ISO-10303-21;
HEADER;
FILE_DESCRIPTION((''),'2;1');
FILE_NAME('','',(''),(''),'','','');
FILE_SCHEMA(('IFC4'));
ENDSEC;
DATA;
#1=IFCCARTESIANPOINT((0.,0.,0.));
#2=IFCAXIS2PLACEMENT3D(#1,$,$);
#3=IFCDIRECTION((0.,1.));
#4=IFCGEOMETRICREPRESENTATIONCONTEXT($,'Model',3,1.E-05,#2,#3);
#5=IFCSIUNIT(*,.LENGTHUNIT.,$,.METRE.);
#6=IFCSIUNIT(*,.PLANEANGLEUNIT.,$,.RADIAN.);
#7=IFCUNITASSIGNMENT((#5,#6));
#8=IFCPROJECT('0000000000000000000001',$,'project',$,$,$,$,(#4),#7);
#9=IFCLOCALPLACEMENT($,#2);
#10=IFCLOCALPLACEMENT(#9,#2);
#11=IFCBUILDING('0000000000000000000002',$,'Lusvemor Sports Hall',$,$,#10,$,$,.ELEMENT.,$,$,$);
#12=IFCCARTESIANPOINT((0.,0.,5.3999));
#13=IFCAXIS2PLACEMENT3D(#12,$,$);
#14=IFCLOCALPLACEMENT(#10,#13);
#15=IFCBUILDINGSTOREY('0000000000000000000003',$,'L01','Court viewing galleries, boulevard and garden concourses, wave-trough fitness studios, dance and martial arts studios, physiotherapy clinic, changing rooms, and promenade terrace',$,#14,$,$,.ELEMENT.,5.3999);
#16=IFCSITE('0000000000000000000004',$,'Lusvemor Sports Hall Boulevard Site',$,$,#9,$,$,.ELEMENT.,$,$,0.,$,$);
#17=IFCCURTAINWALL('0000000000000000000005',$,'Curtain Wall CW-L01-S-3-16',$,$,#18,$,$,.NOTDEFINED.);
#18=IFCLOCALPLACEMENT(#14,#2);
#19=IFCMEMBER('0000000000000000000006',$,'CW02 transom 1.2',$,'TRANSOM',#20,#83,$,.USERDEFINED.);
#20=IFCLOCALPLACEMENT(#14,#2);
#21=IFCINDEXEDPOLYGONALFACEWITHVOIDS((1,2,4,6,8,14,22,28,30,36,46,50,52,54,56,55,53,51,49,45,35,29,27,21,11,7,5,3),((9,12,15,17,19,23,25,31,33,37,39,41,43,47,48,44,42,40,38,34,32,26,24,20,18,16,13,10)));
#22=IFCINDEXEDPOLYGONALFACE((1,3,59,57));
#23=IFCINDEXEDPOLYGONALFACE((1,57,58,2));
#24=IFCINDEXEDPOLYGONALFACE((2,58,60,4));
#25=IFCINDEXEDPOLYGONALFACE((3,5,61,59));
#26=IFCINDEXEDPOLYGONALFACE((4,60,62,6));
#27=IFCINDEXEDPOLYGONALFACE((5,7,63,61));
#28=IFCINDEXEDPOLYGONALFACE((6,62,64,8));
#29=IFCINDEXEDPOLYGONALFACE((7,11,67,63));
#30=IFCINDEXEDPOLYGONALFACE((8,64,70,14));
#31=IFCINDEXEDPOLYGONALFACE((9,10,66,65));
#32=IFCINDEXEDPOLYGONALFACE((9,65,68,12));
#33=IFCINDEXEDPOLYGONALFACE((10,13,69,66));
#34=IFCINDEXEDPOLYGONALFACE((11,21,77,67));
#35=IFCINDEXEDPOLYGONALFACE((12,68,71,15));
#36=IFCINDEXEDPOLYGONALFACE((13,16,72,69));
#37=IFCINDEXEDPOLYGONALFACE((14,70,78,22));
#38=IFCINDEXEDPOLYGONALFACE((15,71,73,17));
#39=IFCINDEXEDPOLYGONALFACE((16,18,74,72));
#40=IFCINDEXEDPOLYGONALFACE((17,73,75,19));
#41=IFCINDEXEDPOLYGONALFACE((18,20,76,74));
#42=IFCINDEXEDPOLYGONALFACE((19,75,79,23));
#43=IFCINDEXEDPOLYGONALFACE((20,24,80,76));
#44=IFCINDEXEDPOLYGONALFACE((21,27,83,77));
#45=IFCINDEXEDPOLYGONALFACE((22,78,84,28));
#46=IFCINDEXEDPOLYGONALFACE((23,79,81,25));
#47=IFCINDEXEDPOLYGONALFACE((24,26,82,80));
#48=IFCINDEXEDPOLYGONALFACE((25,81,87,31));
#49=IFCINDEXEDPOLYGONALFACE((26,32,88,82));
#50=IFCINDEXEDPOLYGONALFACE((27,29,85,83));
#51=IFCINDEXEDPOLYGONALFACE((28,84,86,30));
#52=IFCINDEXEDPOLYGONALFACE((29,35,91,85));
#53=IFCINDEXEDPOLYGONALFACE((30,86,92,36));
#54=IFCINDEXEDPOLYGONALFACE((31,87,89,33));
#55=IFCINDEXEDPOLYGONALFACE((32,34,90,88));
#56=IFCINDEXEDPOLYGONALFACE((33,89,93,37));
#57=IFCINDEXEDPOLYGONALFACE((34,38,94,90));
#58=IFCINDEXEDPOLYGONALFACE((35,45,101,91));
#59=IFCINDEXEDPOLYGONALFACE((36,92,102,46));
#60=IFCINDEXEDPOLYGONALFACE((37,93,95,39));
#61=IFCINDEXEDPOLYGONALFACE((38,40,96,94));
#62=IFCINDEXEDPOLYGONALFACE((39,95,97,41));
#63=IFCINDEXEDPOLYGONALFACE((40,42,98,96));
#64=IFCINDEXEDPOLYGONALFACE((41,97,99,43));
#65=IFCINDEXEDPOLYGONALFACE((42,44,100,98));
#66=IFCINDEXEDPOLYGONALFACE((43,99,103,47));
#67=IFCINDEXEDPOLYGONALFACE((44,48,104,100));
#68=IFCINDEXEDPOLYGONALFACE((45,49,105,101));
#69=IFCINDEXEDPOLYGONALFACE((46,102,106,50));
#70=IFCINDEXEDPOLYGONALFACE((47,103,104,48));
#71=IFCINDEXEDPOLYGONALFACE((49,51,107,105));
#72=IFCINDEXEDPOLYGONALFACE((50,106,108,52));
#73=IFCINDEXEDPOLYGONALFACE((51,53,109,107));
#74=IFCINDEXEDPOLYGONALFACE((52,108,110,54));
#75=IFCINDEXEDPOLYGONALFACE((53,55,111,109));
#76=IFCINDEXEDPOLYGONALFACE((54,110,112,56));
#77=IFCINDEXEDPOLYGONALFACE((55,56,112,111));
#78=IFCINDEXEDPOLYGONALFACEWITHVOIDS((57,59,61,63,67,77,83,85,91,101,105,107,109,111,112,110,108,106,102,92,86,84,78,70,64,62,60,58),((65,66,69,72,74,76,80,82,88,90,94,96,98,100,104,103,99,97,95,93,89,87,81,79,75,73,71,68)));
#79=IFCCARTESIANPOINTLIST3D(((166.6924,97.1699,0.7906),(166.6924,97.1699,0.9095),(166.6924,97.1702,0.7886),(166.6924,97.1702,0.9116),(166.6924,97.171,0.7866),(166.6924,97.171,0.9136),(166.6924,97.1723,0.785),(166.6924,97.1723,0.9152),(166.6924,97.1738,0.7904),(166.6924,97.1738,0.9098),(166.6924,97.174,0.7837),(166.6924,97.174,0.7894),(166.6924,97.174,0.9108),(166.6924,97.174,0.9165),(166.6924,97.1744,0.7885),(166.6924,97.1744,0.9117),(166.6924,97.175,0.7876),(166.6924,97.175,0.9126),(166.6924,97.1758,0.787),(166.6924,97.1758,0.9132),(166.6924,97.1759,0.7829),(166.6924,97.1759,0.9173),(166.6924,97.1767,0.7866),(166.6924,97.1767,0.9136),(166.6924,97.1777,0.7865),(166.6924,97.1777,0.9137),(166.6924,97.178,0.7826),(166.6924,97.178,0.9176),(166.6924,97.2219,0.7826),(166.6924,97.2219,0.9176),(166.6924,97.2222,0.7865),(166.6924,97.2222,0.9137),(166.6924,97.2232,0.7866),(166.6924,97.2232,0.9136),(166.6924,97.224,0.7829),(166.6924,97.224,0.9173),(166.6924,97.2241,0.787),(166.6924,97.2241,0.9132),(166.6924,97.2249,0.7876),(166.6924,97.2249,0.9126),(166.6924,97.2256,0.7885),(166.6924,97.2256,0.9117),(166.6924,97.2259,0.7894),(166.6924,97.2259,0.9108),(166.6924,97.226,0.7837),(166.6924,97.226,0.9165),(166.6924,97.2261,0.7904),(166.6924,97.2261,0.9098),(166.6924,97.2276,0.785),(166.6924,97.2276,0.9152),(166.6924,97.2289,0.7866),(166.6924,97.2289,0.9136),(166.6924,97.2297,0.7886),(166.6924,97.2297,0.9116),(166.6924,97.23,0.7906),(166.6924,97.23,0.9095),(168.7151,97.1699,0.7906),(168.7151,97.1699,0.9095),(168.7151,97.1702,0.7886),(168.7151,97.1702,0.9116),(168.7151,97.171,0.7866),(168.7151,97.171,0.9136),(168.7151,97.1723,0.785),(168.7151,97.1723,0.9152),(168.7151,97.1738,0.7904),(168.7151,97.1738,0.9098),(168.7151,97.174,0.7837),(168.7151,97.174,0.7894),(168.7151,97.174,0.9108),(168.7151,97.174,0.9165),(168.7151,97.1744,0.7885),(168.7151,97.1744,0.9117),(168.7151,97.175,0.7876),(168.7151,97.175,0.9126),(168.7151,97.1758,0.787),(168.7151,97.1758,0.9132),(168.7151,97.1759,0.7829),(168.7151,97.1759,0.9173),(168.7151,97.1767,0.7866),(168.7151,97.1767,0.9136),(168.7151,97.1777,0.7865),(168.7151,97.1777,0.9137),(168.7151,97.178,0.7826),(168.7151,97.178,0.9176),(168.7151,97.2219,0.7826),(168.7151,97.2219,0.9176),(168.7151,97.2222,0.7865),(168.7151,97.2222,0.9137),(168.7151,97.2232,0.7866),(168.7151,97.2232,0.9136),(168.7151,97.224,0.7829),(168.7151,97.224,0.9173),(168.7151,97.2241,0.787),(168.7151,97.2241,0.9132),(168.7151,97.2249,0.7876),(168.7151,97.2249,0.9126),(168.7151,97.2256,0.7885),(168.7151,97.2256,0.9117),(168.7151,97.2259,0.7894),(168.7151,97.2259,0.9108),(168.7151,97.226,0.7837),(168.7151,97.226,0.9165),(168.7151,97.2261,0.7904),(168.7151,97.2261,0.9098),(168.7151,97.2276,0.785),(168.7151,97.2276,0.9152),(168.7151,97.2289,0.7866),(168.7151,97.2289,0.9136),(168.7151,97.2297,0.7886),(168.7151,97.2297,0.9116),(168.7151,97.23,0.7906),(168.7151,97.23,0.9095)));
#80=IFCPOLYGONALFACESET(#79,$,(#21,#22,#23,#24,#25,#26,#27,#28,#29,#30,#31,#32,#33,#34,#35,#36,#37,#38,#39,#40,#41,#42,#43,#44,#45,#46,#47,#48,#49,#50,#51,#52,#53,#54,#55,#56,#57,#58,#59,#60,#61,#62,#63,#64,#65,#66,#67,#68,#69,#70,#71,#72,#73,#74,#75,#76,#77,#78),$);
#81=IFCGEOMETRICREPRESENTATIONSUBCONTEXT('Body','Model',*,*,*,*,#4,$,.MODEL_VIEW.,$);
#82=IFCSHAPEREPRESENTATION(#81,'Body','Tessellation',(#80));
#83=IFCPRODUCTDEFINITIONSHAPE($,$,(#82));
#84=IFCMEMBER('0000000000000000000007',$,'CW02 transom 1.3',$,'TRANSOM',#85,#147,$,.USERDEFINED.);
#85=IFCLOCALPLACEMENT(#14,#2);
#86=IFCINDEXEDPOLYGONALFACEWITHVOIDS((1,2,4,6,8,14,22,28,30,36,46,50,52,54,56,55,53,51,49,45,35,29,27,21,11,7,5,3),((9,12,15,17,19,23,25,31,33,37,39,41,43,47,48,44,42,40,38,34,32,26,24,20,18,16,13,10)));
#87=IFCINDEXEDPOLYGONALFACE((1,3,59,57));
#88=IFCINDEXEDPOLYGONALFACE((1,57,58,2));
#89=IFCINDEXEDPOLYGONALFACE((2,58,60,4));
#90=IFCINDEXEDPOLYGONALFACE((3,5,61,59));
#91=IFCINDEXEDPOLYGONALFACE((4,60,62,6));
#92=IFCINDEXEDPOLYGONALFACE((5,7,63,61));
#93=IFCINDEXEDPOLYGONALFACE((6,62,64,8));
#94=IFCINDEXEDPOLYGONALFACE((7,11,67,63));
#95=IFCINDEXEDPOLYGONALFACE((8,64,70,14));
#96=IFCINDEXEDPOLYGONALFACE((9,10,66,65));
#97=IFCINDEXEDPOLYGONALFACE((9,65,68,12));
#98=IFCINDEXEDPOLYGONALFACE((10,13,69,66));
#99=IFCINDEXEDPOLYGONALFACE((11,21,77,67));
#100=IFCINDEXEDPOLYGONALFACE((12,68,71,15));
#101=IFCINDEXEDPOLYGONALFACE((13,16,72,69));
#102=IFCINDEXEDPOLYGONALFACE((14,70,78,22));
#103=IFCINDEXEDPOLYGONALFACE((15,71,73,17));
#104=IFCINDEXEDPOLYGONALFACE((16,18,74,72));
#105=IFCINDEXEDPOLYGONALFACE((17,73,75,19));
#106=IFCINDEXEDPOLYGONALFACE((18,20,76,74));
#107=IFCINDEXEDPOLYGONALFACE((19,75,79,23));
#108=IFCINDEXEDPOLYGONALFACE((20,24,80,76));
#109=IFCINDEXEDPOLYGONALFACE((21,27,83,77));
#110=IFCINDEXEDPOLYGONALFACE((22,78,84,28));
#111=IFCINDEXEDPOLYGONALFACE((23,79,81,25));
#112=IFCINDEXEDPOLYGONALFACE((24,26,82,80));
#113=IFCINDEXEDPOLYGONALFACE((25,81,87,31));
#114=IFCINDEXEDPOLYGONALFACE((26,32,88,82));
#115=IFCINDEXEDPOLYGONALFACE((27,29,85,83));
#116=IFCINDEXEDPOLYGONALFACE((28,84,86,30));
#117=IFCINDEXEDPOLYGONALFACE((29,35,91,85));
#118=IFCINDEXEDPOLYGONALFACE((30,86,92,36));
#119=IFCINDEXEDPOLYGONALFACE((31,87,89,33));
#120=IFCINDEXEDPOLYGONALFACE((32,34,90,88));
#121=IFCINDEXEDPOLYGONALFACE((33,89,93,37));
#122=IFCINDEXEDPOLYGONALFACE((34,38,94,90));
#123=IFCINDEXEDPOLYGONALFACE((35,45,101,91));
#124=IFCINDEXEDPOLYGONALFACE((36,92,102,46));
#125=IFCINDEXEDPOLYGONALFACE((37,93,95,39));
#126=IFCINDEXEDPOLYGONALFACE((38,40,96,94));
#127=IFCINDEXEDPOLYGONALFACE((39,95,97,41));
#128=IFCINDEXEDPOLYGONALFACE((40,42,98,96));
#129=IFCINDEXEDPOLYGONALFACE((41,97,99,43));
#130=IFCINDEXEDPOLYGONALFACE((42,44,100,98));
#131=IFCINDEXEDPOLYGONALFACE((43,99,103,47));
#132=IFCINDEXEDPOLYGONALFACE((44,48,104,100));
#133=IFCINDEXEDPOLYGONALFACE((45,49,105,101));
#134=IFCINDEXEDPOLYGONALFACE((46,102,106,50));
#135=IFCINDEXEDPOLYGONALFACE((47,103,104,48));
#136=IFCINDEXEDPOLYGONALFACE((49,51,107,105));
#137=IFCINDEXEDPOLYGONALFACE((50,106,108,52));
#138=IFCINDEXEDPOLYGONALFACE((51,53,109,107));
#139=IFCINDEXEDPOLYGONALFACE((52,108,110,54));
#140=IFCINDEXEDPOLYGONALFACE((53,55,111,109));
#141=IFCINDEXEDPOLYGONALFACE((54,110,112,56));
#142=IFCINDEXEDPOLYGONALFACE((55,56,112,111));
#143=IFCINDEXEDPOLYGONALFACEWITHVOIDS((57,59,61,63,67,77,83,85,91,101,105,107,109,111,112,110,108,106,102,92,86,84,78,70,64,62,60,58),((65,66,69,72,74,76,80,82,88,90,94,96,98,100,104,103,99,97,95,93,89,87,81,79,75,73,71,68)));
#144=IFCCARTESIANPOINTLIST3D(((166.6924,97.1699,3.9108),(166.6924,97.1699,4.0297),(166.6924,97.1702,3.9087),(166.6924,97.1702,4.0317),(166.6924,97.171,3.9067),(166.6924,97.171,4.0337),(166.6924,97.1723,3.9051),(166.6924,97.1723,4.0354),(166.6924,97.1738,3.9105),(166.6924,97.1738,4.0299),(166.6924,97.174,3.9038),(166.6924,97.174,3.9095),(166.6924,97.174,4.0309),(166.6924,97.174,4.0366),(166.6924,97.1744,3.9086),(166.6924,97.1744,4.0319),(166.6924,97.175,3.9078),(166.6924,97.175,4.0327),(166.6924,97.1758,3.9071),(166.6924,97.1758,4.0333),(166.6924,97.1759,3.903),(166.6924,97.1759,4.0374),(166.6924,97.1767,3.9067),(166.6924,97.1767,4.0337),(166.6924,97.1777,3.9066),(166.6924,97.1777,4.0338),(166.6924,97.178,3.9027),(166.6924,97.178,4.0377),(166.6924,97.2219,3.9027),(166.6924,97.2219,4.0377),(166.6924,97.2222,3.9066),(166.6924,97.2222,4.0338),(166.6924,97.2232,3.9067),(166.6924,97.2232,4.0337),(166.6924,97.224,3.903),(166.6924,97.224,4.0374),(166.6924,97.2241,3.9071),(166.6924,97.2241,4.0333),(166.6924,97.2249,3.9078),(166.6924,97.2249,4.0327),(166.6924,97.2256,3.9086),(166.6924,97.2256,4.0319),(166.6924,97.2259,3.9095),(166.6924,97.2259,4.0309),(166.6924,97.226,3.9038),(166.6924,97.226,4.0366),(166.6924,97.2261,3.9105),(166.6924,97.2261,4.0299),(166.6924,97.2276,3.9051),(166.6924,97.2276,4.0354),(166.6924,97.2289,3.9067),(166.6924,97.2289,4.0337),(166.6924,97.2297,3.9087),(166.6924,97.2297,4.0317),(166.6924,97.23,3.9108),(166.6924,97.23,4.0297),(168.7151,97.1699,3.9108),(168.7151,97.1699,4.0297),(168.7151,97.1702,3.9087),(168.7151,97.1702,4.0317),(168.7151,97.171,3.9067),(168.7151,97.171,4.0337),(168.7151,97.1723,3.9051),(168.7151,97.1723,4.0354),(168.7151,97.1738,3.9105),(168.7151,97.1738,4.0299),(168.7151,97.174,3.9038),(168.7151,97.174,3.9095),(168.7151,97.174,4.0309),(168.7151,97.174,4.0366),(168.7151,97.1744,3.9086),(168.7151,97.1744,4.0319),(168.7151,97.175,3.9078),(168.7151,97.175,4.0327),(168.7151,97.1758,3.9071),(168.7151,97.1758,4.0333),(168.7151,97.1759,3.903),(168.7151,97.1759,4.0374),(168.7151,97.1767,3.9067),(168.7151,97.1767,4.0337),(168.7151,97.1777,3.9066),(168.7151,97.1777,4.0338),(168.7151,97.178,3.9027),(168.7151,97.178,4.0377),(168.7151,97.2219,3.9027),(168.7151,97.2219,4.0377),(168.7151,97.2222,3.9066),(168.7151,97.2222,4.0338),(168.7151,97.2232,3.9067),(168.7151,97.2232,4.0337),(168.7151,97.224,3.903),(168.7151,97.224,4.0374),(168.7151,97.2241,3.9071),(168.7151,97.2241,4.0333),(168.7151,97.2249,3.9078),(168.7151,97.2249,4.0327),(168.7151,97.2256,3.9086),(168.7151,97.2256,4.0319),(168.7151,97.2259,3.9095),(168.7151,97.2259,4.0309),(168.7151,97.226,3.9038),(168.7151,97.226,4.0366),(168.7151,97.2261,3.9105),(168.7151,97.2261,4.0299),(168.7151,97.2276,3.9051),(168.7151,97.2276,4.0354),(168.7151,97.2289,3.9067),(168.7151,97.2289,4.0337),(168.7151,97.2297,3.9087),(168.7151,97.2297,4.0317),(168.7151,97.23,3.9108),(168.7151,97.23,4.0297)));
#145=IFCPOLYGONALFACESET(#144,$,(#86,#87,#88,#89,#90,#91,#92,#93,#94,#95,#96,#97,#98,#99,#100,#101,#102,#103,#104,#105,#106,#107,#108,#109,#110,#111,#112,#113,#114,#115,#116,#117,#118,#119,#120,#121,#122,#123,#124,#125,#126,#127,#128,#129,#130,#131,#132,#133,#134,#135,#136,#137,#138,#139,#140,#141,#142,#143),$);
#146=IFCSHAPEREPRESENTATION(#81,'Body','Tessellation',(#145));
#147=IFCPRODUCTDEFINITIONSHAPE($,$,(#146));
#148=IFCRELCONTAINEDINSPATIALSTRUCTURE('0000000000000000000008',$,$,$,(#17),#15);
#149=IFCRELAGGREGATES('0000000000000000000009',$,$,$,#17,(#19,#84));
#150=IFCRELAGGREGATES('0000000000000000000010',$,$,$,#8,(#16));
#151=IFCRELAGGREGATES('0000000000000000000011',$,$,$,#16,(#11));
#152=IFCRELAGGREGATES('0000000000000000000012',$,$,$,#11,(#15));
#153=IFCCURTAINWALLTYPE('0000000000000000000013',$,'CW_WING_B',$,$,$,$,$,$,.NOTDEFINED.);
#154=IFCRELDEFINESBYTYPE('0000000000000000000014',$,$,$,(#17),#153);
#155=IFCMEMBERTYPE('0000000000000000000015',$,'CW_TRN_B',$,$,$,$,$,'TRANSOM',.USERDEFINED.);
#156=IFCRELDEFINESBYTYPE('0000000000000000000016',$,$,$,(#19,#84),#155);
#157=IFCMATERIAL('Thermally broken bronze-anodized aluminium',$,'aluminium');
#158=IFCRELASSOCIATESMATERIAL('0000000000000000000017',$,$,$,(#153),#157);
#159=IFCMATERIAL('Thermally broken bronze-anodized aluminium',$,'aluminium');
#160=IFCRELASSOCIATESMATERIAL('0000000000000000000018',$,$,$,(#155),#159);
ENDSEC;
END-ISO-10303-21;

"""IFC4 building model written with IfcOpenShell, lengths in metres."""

from ifc_helpers import new_model, si_unit, direction, frame, origin, origin_2d, place, context, subcontext, project, spatial, hollow_rectangle, extrude, material, material_profile, profile_set, type_object, element, aggregate, save


model = new_model("IFC4")

# Units and contexts
model_context = context("Model", 3, precision=1e-05, world=origin(), true_north=direction((0.0, 1.0)))
body_context = subcontext(model_context, "Body", "Model", "MODEL_VIEW")
ifc_project = project(units=[si_unit("LENGTHUNIT", "METRE"), si_unit("PLANEANGLEUNIT", "RADIAN")], contexts=[model_context])

# Site, building, storey
site_placement = place(None, origin())
site = spatial("IfcSite", under=ifc_project, at=site_placement, Name="Lusvemor Sports Hall Boulevard Site", CompositionType="ELEMENT", RefElevation=0.0)
building_placement = place(site_placement, origin())
building = spatial("IfcBuilding", under=site, at=building_placement, Name="Lusvemor Sports Hall", CompositionType="ELEMENT")
storey_placement = place(building_placement, frame((0.0, 0.0, 5.3999)))
storey = spatial("IfcBuildingStorey", under=building, at=storey_placement, Name="L01", Description="Court viewing galleries, boulevard and garden concourses, wave-trough fitness studios, dance and martial arts studios, physiotherapy clinic, changing rooms, and promenade terrace", CompositionType="ELEMENT", Elevation=5.3999)

# Curtain wall, members
ifc_material_1 = material(Name="Thermally broken bronze-anodized aluminium", Category="aluminium")
curtain_wall_type = type_object("IfcCurtainWallType", Name="CW_WING_B", PredefinedType="NOTDEFINED", material=ifc_material_1)
curtain_wall_placement = place(storey_placement, origin())
curtain_wall = element("IfcCurtainWall", 1, at=curtain_wall_placement, inside=storey, type_object=curtain_wall_type, Name="Curtain Wall CW-L01-S-3-16", PredefinedType="NOTDEFINED")
ifc_material_2 = material(Name="Thermally broken bronze-anodized aluminium", Category="aluminium")
ifc_material_profile_1 = material_profile(ifc_material_2, hollow_rectangle(XDim=0.0601, YDim=0.135, WallThickness=0.0039, InnerFilletRadius=0.0039, OuterFilletRadius=0.0081, at=origin_2d()), Name="CWTRN135x60x4")
ifc_profile_set_1 = profile_set([ifc_material_profile_1], Name="Thermally broken bronze-anodized aluminium")
member_type_1 = type_object("IfcMemberType", Name="CW_TRN_B", ElementType="TRANSOM", PredefinedType="USERDEFINED", material=ifc_profile_set_1)
member_1_placement = place(storey_placement, frame((168.7151, 97.2, 0.8501), z_axis=(-1.0, 0.0, 0.0), x_axis=(0.0, -1.0, 0.0)))
member_1 = element("IfcMember", 2, at=member_1_placement, type_object=member_type_1, Name="CW02 transom 1.2", ObjectType="TRANSOM", PredefinedType="USERDEFINED", context=body_context, shape_type="SweptSolid", body=[
    extrude(hollow_rectangle(XDim=0.0601, YDim=0.135, WallThickness=0.0039, InnerFilletRadius=0.0039, OuterFilletRadius=0.0081, at=origin_2d()), origin(), (0.0, 0.0, 1.0), 2.0227),
])
member_2_placement = place(storey_placement, frame((168.7151, 97.2, 3.9702), z_axis=(-1.0, 0.0, 0.0), x_axis=(0.0, -1.0, 0.0)))
member_2 = element("IfcMember", 3, at=member_2_placement, type_object=member_type_1, Name="CW02 transom 1.3", ObjectType="TRANSOM", PredefinedType="USERDEFINED", context=body_context, shape_type="SweptSolid", body=[
    extrude(hollow_rectangle(XDim=0.0601, YDim=0.135, WallThickness=0.0039, InnerFilletRadius=0.0039, OuterFilletRadius=0.0081, at=origin_2d()), origin(), (0.0, 0.0, 1.0), 2.0227),
])

aggregate(curtain_wall, [member_1, member_2])

save(model, "model.ifc")
